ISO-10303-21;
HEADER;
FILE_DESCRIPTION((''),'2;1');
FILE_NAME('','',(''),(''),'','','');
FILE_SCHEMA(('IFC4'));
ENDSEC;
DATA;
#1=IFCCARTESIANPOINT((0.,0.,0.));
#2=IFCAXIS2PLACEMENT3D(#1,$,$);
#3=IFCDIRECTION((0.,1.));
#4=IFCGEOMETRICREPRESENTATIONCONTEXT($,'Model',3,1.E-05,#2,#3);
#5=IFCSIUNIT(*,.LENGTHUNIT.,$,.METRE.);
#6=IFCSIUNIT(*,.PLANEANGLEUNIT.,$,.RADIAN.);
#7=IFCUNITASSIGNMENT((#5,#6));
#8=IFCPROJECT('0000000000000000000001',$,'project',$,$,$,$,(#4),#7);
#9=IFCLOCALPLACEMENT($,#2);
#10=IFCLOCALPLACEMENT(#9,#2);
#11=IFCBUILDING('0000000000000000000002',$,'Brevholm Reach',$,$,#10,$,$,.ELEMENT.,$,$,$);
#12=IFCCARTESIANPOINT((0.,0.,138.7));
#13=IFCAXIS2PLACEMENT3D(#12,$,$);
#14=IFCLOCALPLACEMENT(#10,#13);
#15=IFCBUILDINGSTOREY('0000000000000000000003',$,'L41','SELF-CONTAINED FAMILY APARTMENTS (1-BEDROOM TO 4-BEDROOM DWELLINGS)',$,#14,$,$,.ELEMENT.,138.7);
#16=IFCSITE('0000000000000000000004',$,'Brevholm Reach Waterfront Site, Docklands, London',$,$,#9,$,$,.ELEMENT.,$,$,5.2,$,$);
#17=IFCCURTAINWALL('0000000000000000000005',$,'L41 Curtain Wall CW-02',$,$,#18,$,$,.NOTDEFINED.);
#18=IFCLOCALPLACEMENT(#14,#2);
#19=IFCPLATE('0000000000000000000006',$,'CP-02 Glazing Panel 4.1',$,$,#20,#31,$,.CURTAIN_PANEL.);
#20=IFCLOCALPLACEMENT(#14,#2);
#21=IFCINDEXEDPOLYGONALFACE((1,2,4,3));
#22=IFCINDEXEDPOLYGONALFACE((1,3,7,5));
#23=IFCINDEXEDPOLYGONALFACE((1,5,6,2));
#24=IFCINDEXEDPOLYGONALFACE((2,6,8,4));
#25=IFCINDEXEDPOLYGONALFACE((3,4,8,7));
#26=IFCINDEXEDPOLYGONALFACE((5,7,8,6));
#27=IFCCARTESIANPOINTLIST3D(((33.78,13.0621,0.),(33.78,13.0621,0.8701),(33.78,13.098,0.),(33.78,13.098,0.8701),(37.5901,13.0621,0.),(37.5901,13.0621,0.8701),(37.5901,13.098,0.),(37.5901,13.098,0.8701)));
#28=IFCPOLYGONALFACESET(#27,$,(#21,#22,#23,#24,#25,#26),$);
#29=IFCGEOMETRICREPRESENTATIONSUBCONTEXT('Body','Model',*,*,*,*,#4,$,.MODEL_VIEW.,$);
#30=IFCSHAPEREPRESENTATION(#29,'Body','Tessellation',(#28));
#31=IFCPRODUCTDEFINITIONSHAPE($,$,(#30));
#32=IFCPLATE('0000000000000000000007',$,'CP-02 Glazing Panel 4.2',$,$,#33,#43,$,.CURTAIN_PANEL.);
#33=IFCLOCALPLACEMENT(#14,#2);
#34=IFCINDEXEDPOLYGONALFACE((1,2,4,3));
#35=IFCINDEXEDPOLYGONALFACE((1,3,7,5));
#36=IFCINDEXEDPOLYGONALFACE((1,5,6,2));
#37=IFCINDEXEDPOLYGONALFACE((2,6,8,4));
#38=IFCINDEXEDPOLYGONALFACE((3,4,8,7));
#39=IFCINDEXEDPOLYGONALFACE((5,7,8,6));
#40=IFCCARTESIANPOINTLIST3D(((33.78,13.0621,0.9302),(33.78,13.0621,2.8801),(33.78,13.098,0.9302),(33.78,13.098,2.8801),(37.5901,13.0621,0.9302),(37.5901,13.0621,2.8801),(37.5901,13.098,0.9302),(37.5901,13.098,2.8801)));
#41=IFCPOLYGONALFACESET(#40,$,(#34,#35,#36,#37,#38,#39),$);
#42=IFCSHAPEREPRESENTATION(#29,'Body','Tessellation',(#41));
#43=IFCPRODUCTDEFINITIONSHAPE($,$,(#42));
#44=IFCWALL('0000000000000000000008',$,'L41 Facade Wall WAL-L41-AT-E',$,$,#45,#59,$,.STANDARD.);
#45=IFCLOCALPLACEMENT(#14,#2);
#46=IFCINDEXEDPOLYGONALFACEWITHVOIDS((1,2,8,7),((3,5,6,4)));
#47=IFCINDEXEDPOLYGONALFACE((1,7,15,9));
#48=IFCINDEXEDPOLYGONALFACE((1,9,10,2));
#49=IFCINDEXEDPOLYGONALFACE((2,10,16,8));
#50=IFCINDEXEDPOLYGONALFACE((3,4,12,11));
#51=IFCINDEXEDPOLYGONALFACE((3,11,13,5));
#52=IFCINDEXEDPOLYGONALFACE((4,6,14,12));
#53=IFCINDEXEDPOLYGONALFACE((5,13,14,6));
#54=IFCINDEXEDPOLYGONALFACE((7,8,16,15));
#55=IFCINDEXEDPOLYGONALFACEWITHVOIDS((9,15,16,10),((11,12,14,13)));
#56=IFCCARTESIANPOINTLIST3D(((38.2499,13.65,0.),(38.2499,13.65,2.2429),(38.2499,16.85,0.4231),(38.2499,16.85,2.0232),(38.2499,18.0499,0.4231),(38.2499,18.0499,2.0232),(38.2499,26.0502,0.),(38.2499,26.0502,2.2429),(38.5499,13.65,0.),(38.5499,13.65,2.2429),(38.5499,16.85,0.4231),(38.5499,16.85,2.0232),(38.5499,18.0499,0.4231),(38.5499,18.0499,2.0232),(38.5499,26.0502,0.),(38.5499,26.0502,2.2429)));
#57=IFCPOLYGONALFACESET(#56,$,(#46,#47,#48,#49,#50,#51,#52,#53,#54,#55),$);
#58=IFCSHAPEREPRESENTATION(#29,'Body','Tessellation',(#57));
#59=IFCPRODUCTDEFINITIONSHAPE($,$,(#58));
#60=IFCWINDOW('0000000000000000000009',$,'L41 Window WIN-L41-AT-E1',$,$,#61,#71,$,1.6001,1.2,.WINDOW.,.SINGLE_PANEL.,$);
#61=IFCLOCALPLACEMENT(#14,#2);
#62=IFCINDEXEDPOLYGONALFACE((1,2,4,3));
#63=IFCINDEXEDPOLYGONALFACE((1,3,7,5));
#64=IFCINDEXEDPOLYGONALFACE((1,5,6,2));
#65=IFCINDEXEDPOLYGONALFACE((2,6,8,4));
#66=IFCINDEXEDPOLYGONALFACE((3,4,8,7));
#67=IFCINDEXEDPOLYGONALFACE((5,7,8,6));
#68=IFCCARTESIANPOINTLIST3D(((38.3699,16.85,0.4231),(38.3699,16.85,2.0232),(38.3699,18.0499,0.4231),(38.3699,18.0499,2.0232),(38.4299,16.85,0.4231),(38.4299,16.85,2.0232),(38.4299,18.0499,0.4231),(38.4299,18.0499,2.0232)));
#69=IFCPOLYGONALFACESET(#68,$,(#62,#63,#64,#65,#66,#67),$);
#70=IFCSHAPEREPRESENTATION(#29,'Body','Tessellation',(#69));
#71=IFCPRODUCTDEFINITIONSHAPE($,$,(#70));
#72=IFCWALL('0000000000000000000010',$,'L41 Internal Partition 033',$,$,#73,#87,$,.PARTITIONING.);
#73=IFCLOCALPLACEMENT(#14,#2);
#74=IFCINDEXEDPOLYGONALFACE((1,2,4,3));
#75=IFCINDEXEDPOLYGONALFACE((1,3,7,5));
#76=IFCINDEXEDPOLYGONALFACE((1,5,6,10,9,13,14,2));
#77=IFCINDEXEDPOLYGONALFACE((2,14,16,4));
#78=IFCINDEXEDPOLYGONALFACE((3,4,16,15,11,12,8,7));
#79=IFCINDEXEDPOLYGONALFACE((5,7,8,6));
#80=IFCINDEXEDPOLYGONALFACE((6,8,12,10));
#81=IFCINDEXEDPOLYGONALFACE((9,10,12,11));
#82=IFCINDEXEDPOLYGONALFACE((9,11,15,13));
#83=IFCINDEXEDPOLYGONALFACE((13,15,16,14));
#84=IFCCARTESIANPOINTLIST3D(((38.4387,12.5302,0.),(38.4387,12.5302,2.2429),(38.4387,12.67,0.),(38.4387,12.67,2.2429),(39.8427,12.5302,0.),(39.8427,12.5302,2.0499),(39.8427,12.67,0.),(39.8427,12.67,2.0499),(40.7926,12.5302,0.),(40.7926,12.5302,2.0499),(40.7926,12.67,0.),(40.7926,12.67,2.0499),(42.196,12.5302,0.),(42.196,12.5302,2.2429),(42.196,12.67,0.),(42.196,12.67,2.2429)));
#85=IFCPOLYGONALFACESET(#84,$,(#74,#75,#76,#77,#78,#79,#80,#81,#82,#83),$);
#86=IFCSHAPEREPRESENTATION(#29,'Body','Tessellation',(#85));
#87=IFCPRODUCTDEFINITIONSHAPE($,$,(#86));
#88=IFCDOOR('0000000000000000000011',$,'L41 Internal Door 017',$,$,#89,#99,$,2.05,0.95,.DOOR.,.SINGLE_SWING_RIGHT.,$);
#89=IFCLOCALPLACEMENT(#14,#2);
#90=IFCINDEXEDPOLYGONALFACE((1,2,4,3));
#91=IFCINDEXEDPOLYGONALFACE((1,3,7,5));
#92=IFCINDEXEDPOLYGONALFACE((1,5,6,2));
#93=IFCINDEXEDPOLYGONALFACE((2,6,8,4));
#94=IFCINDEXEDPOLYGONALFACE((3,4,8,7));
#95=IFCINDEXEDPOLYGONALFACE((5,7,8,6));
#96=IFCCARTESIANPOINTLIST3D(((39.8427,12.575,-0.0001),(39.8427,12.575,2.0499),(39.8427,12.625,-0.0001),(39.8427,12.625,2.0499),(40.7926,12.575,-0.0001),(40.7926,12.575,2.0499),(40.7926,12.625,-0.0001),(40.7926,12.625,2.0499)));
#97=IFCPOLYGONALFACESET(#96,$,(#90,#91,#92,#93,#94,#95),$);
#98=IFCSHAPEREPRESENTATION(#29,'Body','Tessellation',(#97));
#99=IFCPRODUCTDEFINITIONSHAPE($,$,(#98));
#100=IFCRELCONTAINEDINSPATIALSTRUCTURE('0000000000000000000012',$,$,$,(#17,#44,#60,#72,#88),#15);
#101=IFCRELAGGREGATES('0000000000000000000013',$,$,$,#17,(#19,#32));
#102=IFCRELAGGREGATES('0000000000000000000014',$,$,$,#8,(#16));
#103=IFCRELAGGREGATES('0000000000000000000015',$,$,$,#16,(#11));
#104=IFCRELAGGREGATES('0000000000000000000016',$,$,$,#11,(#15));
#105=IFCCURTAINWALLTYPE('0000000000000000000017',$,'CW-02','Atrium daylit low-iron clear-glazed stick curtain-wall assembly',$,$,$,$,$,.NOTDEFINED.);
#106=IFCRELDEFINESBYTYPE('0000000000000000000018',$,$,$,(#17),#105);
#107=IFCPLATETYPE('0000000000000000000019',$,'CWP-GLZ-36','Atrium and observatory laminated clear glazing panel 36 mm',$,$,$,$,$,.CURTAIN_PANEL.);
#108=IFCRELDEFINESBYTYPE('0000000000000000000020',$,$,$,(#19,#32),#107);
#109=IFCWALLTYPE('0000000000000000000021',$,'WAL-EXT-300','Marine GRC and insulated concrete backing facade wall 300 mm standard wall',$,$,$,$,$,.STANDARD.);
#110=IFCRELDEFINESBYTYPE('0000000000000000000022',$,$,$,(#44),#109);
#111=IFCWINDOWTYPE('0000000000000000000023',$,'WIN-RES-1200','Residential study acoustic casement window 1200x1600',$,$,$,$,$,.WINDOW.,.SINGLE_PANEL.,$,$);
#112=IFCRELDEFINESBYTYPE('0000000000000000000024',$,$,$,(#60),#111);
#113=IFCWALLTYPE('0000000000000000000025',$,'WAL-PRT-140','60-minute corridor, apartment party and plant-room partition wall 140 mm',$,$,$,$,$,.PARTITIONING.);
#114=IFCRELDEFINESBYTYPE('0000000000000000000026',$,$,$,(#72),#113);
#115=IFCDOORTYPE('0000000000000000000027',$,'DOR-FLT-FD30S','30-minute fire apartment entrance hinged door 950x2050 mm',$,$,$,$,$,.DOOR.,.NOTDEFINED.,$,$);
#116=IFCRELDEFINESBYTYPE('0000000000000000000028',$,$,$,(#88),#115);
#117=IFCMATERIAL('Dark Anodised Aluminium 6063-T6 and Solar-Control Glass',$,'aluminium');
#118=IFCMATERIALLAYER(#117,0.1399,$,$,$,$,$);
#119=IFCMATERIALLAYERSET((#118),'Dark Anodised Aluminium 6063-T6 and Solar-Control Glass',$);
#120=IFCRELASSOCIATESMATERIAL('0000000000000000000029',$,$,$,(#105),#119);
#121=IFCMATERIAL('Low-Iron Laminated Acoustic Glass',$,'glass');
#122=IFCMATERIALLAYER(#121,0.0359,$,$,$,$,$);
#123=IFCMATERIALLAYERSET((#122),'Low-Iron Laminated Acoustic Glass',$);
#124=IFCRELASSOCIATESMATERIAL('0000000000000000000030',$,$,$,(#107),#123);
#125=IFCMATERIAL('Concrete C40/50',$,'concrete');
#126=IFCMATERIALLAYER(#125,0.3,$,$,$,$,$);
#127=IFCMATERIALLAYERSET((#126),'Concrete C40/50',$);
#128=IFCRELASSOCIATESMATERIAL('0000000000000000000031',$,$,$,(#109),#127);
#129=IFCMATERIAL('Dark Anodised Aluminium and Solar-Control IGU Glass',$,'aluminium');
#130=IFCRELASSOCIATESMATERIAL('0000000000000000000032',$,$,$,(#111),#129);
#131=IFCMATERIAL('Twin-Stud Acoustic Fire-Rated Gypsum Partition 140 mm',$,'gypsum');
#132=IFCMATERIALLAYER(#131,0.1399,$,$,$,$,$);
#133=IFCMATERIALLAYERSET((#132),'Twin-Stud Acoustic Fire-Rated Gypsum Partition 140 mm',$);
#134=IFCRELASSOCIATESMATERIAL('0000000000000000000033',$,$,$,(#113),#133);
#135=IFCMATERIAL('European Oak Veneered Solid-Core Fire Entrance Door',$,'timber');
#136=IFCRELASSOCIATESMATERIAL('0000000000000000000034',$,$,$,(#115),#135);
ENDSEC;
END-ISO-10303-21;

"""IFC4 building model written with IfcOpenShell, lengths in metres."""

from ifc_helpers import new_model, si_unit, direction, frame, frame_2d, origin, origin_2d, place, context, subcontext, project, spatial, rectangle, extrude, material, layer, layer_set, type_object, element, fill, aggregate, save


model = new_model("IFC4")

# Units and contexts
model_context = context("Model", 3, precision=1e-05, world=origin(), true_north=direction((0.0, 1.0)))
body_context = subcontext(model_context, "Body", "Model", "MODEL_VIEW")
ifc_project = project(units=[si_unit("LENGTHUNIT", "METRE"), si_unit("PLANEANGLEUNIT", "RADIAN")], contexts=[model_context])

# Site, building, storey
site_placement = place(None, origin())
site = spatial("IfcSite", under=ifc_project, at=site_placement, Name="Brevholm Reach Waterfront Site, Docklands, London", CompositionType="ELEMENT", RefElevation=5.2)
building_placement = place(site_placement, origin())
building = spatial("IfcBuilding", under=site, at=building_placement, Name="Brevholm Reach", CompositionType="ELEMENT")
storey_placement = place(building_placement, frame((0.0, 0.0, 138.7)))
storey = spatial("IfcBuildingStorey", under=building, at=storey_placement, Name="L41", Description="SELF-CONTAINED FAMILY APARTMENTS (1-BEDROOM TO 4-BEDROOM DWELLINGS)", CompositionType="ELEMENT", Elevation=138.7)

# Curtain wall, plates
ifc_material_1 = material(Name="Dark Anodised Aluminium 6063-T6 and Solar-Control Glass", Category="aluminium")
ifc_layer_1 = layer(ifc_material_1, 0.1399)
ifc_layer_set_1 = layer_set([ifc_layer_1], Name="Dark Anodised Aluminium 6063-T6 and Solar-Control Glass")
curtain_wall_type = type_object("IfcCurtainWallType", Name="CW-02", Description="Atrium daylit low-iron clear-glazed stick curtain-wall assembly", PredefinedType="NOTDEFINED", material=ifc_layer_set_1)
curtain_wall_placement = place(storey_placement, origin())
curtain_wall = element("IfcCurtainWall", 1, at=curtain_wall_placement, inside=storey, type_object=curtain_wall_type, Name="L41 Curtain Wall CW-02", PredefinedType="NOTDEFINED")
ifc_material_2 = material(Name="Low-Iron Laminated Acoustic Glass", Category="glass")
ifc_layer_2 = layer(ifc_material_2, 0.0359)
ifc_layer_set_2 = layer_set([ifc_layer_2], Name="Low-Iron Laminated Acoustic Glass")
plate_type = type_object("IfcPlateType", Name="CWP-GLZ-36", Description="Atrium and observatory laminated clear glazing panel 36 mm", PredefinedType="CURTAIN_PANEL", material=ifc_layer_set_2)
plate_1_placement = place(storey_placement, frame((35.6851, 13.0801, 0.0), z_axis=(0.0, 0.0, 1.0), x_axis=(1.0, 0.0, 0.0)))
plate_1 = element("IfcPlate", 2, at=plate_1_placement, type_object=plate_type, Name="CP-02 Glazing Panel 4.1", PredefinedType="CURTAIN_PANEL", context=body_context, shape_type="SweptSolid", body=[
    extrude(rectangle(XDim=3.8101, YDim=0.0359, at=origin_2d()), origin(), (0.0, 0.0, 1.0), 0.8701),
])
plate_2_placement = place(storey_placement, frame((35.6851, 13.0801, 0.9302), z_axis=(0.0, 0.0, 1.0), x_axis=(1.0, 0.0, 0.0)))
plate_2 = element("IfcPlate", 3, at=plate_2_placement, type_object=plate_type, Name="CP-02 Glazing Panel 4.2", PredefinedType="CURTAIN_PANEL", context=body_context, shape_type="SweptSolid", body=[
    extrude(rectangle(XDim=3.8101, YDim=0.0359, at=origin_2d()), origin(), (0.0, 0.0, 1.0), 1.95),
])
aggregate(curtain_wall, [plate_1, plate_2])

# Wall, opening, window
ifc_material_3 = material(Name="Concrete C40/50", Category="concrete")
ifc_layer_3 = layer(ifc_material_3, 0.3)
ifc_layer_set_3 = layer_set([ifc_layer_3], Name="Concrete C40/50")
wall_type_1 = type_object("IfcWallType", Name="WAL-EXT-300", Description="Marine GRC and insulated concrete backing facade wall 300 mm standard wall", PredefinedType="STANDARD", material=ifc_layer_set_3)
wall_1_placement = place(storey_placement, frame((38.3999, 13.6499, 0.0), z_axis=(0.0, 0.0, 1.0), x_axis=(0.0, 1.0, 0.0)))
wall_1 = element("IfcWall", 4, at=wall_1_placement, inside=storey, type_object=wall_type_1, Name="L41 Facade Wall WAL-L41-AT-E", PredefinedType="STANDARD", context=body_context, shape_type="SweptSolid", body=[
    extrude(rectangle(XDim=12.4001, YDim=0.3, at=frame_2d((6.2002, 0.0))), origin(), (0.0, 0.0, 1.0), 2.2429),
])
opening_1_placement = place(wall_1_placement, frame((3.2, 0.0, 0.4231)))
opening_1 = element("IfcOpeningElement", 5, at=opening_1_placement, cuts=wall_1, PredefinedType="OPENING", context=body_context, shape_type="SweptSolid", body=[
    extrude(rectangle(XDim=1.2, YDim=1.6001, at=frame_2d((0.6001, 0.8))), frame((0.0, 0.1599, 0.0), z_axis=(0.0, -1.0, 0.0), x_axis=(1.0, 0.0, 0.0)), (0.0, 0.0, 1.0), 0.3201),
])
ifc_material_4 = material(Name="Dark Anodised Aluminium and Solar-Control IGU Glass", Category="aluminium")
window_type = type_object("IfcWindowType", Name="WIN-RES-1200", Description="Residential study acoustic casement window 1200x1600", PartitioningType="SINGLE_PANEL", PredefinedType="WINDOW", material=ifc_material_4)
window_placement = place(opening_1_placement, origin())
window = element("IfcWindow", 6, at=window_placement, inside=storey, type_object=window_type, Name="L41 Window WIN-L41-AT-E1", OverallHeight=1.6001, OverallWidth=1.2, PartitioningType="SINGLE_PANEL", PredefinedType="WINDOW", context=body_context, shape_type="SweptSolid", body=[
    extrude(rectangle(XDim=1.2, YDim=1.6001, at=frame_2d((0.6001, 0.8))), frame((0.0, 0.03, 0.0), z_axis=(0.0, -1.0, 0.0), x_axis=(1.0, 0.0, 0.0)), (0.0, 0.0, 1.0), 0.0601),
])
fill(opening_1, window)

# Wall, opening, door
ifc_material_5 = material(Name="Twin-Stud Acoustic Fire-Rated Gypsum Partition 140 mm", Category="gypsum")
ifc_layer_4 = layer(ifc_material_5, 0.1399)
ifc_layer_set_4 = layer_set([ifc_layer_4], Name="Twin-Stud Acoustic Fire-Rated Gypsum Partition 140 mm")
wall_type_2 = type_object("IfcWallType", Name="WAL-PRT-140", Description="60-minute corridor, apartment party and plant-room partition wall 140 mm", PredefinedType="PARTITIONING", material=ifc_layer_set_4)
wall_2_placement = place(storey_placement, frame((38.4387, 12.6001, 0.0), z_axis=(0.0, 0.0, 1.0), x_axis=(1.0, 0.0, 0.0)))
wall_2 = element("IfcWall", 7, at=wall_2_placement, inside=storey, type_object=wall_type_2, Name="L41 Internal Partition 033", PredefinedType="PARTITIONING", context=body_context, shape_type="SweptSolid", body=[
    extrude(rectangle(XDim=3.7573, YDim=0.1399, at=frame_2d((1.8787, 0.0))), origin(), (0.0, 0.0, 1.0), 2.2429),
])
opening_2_placement = place(wall_2_placement, frame((1.4038, 0.0, 0.0)))
opening_2 = element("IfcOpeningElement", 8, at=opening_2_placement, cuts=wall_2, PredefinedType="OPENING", context=body_context, shape_type="SweptSolid", body=[
    extrude(rectangle(XDim=0.95, YDim=2.05, at=frame_2d((0.4751, 1.0249))), frame((0.0, 0.0798, 0.0), z_axis=(0.0, -1.0, 0.0), x_axis=(1.0, 0.0, 0.0)), (0.0, 0.0, 1.0), 0.1599),
])
ifc_material_6 = material(Name="European Oak Veneered Solid-Core Fire Entrance Door", Category="timber")
door_type = type_object("IfcDoorType", Name="DOR-FLT-FD30S", Description="30-minute fire apartment entrance hinged door 950x2050 mm", OperationType="NOTDEFINED", PredefinedType="DOOR", material=ifc_material_6)
door_placement = place(opening_2_placement, origin())
door = element("IfcDoor", 9, at=door_placement, inside=storey, type_object=door_type, Name="L41 Internal Door 017", OperationType="SINGLE_SWING_RIGHT", OverallHeight=2.05, OverallWidth=0.95, PredefinedType="DOOR", context=body_context, shape_type="SweptSolid", body=[
    extrude(rectangle(XDim=0.95, YDim=2.05, at=frame_2d((0.4751, 1.0249))), frame((0.0, 0.0249, 0.0), z_axis=(0.0, -1.0, 0.0), x_axis=(1.0, 0.0, 0.0)), (0.0, 0.0, 1.0), 0.05),
])
fill(opening_2, door)

save(model, "model.ifc")
